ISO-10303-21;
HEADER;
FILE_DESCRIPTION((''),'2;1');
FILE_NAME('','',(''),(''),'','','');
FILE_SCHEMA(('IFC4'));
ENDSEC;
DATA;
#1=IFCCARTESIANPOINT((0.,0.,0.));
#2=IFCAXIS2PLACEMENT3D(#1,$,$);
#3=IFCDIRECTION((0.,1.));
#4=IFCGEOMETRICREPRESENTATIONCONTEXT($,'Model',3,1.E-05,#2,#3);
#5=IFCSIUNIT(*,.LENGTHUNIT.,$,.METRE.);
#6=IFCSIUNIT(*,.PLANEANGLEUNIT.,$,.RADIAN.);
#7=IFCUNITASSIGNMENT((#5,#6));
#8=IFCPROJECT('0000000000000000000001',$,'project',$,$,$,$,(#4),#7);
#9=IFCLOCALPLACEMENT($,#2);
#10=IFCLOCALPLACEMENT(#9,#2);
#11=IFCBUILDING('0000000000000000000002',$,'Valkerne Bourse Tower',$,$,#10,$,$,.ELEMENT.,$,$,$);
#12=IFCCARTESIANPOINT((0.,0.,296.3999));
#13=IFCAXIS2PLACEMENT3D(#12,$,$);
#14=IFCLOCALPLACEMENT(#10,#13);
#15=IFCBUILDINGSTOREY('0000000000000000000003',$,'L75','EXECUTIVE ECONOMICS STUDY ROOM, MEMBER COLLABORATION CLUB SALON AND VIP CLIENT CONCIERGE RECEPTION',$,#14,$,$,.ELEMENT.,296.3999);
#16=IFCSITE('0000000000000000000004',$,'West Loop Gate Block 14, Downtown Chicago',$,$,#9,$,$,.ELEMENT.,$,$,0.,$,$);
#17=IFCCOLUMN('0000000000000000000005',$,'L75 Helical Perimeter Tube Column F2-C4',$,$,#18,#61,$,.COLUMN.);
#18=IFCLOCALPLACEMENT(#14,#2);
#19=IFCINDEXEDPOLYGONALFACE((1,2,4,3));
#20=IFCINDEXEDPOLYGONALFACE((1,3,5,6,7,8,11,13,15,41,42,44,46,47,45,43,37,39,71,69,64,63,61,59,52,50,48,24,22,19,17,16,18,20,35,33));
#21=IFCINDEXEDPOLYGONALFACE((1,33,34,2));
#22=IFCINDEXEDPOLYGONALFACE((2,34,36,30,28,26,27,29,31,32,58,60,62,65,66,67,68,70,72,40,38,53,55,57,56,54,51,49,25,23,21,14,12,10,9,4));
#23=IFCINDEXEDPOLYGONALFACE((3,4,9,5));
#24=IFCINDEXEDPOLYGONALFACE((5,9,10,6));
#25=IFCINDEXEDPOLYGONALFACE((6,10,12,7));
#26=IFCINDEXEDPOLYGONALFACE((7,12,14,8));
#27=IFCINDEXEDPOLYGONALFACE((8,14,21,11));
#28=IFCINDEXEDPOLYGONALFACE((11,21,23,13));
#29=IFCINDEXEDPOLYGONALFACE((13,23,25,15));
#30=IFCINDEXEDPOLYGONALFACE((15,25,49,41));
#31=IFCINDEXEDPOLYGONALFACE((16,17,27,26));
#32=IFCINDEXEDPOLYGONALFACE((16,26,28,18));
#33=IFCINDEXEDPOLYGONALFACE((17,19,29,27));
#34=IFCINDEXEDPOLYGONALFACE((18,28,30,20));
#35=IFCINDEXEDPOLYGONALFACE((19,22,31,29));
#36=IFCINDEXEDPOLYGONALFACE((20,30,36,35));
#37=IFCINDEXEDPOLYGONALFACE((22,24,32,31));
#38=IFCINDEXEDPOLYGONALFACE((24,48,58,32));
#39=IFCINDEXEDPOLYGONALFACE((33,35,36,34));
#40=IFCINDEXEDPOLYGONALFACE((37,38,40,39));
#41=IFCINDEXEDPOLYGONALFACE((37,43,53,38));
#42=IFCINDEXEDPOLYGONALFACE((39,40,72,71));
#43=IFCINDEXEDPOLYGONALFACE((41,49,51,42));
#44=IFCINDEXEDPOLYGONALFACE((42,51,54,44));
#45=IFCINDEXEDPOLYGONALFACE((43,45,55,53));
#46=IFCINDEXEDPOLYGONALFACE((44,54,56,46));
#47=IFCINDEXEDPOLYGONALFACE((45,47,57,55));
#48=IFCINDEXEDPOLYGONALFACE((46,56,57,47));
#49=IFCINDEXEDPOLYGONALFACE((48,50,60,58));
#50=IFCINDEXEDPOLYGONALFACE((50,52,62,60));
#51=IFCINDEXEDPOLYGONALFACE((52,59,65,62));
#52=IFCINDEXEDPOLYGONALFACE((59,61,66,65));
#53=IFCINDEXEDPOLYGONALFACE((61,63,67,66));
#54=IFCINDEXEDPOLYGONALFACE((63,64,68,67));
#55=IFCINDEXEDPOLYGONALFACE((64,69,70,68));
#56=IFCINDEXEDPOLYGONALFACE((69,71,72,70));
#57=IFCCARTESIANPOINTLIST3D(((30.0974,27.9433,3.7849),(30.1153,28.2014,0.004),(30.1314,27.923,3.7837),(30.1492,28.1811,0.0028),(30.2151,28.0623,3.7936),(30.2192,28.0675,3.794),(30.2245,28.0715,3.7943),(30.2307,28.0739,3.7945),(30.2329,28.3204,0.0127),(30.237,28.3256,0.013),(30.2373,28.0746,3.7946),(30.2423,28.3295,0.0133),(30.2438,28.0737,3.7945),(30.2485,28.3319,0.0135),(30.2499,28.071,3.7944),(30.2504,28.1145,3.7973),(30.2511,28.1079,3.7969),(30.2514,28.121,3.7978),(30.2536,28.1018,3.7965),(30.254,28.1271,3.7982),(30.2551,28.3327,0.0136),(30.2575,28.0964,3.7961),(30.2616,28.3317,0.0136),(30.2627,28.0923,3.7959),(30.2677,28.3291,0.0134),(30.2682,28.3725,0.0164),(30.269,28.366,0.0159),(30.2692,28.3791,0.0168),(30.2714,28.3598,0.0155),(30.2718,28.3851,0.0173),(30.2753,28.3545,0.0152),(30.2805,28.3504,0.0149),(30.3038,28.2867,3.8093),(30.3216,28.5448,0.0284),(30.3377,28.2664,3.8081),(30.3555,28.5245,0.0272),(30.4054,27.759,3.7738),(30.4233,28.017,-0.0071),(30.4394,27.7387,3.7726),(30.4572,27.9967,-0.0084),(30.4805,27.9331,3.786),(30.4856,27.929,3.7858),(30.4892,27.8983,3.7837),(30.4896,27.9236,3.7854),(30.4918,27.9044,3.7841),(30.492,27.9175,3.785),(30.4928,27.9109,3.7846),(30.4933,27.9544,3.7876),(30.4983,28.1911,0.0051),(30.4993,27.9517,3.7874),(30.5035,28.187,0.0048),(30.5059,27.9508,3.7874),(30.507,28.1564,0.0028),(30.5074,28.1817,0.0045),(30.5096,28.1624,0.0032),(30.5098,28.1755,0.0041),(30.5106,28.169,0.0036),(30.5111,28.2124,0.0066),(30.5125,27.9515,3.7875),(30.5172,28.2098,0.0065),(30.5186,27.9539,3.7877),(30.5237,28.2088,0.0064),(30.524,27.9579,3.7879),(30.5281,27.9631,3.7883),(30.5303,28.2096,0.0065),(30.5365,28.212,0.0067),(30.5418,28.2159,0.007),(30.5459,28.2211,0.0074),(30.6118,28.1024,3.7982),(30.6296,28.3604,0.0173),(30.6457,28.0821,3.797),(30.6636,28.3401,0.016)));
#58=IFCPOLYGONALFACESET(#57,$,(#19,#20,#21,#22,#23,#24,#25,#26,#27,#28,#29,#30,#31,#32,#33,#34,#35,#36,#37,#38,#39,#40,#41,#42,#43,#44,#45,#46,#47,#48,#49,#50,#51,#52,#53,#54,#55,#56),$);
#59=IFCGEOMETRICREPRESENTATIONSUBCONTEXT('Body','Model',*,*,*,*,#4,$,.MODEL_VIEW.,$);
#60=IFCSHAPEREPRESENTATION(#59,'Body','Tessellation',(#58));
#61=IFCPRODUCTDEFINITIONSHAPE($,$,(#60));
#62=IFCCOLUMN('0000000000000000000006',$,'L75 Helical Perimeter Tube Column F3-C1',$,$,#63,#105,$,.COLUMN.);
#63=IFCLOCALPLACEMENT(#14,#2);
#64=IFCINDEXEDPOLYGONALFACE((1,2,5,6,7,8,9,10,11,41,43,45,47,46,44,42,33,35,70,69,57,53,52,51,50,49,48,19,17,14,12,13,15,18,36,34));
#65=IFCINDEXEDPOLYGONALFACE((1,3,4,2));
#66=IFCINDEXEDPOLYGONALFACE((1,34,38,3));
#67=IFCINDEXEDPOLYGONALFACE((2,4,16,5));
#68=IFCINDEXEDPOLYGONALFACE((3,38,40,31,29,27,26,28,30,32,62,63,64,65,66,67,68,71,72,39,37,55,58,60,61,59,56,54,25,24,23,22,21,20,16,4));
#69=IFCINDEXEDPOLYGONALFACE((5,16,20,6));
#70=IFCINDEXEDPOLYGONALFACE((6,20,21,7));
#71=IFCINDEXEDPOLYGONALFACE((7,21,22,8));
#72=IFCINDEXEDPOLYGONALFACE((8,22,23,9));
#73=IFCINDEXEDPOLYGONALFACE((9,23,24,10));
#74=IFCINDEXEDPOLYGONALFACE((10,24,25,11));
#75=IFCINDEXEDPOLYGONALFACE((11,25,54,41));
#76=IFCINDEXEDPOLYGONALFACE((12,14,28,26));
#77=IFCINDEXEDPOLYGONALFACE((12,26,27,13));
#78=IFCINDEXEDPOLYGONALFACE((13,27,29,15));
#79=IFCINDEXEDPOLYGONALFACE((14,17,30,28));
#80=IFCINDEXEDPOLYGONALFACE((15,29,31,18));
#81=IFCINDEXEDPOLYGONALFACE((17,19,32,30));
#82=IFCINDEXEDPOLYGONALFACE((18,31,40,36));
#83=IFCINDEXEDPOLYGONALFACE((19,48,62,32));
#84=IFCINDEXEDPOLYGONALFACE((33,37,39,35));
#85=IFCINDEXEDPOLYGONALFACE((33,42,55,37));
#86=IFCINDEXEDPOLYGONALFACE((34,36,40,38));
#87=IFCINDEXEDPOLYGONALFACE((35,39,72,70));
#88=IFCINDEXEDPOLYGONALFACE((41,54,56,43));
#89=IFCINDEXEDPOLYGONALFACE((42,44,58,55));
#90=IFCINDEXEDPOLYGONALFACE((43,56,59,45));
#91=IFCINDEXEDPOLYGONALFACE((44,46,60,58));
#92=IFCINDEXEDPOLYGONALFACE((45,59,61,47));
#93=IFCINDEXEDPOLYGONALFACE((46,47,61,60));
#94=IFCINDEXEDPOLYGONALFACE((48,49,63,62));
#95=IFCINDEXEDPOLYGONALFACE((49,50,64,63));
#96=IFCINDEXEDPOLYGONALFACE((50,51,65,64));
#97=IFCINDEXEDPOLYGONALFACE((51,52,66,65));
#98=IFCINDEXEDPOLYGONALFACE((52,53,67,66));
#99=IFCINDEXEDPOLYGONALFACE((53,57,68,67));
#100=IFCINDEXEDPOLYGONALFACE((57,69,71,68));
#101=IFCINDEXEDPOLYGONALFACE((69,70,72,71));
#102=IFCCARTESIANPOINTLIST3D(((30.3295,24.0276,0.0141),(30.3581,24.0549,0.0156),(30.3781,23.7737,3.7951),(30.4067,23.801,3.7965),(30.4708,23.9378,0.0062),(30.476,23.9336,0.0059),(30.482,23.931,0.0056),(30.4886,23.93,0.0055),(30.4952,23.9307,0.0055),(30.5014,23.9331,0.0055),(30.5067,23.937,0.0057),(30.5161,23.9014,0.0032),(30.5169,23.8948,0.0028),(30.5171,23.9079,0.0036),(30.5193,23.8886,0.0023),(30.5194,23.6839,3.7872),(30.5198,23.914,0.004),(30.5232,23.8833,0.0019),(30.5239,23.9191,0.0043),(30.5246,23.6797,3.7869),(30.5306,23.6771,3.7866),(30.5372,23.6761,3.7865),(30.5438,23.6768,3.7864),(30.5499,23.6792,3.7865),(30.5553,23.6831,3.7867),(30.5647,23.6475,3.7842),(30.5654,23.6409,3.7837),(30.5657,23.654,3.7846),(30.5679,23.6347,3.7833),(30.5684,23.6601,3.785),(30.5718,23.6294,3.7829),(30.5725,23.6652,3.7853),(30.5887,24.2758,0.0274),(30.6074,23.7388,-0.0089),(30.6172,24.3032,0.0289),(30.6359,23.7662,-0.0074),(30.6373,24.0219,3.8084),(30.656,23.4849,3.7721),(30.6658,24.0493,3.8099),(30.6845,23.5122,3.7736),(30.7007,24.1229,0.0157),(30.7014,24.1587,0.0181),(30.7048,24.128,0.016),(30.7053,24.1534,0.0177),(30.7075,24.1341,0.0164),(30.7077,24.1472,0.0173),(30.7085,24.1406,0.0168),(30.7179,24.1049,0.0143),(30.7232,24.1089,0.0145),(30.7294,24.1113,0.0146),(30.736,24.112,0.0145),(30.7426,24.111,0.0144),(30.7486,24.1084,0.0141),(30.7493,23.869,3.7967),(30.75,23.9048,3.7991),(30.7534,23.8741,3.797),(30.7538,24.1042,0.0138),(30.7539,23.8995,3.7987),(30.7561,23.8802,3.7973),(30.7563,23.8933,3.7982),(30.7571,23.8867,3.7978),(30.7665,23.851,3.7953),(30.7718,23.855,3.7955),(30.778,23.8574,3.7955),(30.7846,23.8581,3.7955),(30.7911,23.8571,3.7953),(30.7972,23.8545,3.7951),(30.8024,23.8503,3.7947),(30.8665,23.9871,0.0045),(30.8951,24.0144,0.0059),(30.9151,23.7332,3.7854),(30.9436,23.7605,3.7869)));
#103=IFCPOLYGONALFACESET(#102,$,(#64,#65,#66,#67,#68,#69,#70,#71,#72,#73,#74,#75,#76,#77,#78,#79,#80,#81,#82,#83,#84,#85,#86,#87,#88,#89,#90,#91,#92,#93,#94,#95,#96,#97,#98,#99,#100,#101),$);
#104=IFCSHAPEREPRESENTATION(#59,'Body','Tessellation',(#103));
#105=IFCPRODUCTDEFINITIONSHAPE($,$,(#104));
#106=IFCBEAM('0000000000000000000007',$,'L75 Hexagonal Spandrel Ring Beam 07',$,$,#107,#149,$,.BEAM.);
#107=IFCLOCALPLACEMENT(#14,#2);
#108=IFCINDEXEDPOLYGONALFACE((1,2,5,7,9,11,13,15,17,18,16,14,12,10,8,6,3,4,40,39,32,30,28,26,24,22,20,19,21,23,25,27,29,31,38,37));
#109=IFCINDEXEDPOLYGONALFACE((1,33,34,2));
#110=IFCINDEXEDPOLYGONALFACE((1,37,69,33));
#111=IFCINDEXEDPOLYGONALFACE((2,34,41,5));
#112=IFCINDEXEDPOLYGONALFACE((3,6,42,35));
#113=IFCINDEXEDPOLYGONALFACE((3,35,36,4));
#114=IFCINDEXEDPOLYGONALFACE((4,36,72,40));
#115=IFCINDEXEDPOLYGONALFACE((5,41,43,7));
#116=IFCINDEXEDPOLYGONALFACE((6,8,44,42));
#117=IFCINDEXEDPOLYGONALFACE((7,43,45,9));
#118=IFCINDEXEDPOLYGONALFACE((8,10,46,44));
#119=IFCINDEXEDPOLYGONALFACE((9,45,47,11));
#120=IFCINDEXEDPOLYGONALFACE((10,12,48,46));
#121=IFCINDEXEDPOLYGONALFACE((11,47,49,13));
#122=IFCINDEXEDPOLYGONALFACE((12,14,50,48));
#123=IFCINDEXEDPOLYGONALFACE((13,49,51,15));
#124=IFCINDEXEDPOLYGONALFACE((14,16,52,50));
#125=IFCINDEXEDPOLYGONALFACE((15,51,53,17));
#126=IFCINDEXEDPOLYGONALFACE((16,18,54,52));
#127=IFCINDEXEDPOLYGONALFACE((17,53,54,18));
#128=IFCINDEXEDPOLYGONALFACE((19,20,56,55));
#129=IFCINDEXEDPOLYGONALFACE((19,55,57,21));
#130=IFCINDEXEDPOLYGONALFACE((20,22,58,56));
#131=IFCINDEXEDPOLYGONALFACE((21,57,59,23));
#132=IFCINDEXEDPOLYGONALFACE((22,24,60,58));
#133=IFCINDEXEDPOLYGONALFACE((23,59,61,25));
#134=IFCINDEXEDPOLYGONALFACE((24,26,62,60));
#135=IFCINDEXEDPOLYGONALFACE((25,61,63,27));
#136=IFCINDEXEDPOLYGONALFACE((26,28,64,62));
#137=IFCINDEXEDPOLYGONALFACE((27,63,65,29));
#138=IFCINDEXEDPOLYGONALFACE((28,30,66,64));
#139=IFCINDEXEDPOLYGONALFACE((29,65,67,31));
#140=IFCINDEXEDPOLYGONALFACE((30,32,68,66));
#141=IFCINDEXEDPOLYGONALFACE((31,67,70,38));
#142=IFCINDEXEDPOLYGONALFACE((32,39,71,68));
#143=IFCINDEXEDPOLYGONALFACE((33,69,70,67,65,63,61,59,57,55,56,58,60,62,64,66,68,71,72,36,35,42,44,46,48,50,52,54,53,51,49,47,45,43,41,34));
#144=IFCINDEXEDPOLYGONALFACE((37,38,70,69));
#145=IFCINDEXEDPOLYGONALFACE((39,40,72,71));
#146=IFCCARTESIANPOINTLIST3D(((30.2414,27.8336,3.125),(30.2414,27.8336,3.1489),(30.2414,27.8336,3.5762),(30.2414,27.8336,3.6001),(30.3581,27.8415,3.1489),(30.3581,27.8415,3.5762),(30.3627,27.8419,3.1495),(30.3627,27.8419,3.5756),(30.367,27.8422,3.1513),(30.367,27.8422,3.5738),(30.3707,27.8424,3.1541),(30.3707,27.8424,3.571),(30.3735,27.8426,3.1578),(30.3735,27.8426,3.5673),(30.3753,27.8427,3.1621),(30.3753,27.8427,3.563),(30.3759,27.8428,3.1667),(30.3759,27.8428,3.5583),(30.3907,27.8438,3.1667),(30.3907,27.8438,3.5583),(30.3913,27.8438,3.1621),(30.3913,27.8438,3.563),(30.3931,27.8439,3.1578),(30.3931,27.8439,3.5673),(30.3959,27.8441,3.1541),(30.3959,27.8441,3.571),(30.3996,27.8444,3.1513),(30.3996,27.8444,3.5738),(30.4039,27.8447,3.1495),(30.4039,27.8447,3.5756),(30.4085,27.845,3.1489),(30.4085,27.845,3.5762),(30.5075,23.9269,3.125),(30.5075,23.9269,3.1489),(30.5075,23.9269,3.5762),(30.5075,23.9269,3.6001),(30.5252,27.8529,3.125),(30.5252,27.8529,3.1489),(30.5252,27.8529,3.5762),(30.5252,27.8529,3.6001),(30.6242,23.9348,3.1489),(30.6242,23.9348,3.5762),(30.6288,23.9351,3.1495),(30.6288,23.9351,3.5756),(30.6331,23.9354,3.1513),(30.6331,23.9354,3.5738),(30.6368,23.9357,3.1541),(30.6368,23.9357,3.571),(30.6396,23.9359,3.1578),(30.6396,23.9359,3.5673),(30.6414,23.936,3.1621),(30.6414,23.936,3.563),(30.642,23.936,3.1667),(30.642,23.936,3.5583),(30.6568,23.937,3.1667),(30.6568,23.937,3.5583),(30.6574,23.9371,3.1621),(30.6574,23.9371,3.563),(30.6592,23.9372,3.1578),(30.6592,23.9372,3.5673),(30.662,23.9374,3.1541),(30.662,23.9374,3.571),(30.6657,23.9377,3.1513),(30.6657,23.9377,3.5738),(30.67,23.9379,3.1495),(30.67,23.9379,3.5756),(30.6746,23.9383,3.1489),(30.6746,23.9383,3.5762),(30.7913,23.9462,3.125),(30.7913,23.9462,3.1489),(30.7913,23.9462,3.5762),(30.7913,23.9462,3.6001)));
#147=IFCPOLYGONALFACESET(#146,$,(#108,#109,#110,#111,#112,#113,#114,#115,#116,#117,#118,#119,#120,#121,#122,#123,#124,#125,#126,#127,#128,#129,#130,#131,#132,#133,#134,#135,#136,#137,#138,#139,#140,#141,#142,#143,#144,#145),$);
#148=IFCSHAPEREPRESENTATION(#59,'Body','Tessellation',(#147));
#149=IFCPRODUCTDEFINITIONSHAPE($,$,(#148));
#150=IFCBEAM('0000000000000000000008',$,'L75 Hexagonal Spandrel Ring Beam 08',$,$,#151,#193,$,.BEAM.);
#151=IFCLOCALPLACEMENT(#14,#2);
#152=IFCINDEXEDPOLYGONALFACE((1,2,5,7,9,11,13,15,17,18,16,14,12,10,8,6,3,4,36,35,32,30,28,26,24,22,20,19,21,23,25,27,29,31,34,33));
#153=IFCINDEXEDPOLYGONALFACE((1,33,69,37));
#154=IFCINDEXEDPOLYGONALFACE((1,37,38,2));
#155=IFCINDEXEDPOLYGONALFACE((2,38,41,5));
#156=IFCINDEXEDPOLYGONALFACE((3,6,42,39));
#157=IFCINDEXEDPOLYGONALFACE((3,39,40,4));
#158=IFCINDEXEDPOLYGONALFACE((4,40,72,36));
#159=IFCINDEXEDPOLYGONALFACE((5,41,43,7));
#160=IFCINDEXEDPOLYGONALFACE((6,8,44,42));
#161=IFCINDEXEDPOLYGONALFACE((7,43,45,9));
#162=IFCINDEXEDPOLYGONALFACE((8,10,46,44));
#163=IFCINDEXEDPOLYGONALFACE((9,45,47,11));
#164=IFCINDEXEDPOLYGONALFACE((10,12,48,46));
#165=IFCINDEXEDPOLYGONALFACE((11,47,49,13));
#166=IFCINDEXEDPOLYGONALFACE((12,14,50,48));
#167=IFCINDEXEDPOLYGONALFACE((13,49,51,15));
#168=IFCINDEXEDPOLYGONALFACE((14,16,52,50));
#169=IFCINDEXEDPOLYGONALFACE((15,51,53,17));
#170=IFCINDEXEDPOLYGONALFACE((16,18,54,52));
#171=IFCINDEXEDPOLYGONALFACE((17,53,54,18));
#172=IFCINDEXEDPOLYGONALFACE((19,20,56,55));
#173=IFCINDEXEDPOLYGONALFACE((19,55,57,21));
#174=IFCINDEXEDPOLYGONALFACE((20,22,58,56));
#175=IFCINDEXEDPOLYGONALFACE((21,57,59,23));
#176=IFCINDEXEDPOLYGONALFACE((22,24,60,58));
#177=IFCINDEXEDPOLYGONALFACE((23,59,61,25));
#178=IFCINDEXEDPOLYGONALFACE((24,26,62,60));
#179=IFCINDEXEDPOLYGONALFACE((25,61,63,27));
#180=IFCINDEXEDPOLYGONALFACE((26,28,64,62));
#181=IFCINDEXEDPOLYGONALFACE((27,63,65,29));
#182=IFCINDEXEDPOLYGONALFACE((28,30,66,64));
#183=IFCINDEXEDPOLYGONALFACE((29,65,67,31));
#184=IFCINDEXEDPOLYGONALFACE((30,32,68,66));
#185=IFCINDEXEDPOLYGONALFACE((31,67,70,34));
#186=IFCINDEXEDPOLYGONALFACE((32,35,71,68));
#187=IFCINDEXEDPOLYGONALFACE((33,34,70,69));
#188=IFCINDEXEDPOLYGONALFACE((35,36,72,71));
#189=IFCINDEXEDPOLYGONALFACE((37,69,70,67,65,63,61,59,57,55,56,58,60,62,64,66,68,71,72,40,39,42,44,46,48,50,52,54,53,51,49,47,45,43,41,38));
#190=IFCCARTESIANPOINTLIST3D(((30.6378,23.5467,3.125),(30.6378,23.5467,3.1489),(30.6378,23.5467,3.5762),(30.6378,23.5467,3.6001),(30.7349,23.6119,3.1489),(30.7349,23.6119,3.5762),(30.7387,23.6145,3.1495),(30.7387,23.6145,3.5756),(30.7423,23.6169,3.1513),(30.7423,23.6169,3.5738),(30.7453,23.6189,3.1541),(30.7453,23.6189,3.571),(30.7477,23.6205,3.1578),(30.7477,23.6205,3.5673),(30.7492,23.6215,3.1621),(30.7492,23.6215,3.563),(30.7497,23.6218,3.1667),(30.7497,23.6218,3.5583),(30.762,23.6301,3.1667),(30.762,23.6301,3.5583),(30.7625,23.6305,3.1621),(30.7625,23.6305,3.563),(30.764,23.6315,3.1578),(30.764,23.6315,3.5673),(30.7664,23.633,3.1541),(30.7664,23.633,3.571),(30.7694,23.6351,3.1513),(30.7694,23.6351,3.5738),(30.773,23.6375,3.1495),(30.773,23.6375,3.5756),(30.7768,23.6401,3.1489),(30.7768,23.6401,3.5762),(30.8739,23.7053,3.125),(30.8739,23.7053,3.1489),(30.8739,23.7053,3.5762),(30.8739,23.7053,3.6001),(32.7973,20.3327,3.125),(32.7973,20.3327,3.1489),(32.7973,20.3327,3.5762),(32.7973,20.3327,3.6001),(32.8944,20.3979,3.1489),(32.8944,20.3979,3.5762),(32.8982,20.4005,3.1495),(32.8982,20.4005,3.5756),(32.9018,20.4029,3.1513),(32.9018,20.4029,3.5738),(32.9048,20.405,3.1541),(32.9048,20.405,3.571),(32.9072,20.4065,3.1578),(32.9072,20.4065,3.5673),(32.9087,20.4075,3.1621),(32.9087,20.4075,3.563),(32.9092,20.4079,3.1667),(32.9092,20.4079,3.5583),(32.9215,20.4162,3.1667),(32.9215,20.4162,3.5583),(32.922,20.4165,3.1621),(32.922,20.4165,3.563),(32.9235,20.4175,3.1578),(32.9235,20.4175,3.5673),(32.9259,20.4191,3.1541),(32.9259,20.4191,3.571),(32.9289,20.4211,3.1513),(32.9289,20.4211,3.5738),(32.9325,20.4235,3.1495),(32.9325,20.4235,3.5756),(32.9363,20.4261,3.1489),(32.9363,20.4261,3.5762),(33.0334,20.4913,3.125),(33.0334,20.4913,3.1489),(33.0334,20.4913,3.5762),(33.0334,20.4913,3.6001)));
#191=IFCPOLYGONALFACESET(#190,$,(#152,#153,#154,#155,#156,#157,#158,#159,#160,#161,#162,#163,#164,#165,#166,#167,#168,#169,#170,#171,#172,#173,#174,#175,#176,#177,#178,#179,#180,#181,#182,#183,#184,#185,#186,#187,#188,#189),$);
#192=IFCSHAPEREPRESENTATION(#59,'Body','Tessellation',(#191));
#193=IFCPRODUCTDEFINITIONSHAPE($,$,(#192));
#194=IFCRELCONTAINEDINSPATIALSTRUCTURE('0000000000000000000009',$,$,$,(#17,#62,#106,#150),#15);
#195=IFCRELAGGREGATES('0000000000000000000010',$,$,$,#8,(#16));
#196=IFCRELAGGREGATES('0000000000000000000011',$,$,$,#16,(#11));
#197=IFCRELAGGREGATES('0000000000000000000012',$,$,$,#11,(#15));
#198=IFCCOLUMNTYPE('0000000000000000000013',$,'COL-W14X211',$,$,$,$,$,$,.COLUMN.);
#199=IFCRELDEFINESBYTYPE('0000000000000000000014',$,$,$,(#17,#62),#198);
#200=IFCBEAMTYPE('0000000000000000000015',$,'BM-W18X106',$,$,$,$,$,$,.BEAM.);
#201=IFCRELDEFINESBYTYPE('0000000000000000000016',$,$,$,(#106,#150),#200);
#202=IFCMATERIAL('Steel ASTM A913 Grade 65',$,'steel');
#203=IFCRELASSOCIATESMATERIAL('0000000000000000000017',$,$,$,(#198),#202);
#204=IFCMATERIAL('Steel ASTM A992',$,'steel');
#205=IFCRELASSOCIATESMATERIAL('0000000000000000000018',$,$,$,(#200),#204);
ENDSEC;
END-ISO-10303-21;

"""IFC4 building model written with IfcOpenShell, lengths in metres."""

from ifc_helpers import new_model, si_unit, direction, frame, origin, origin_2d, place, context, subcontext, project, spatial, i_section, extrude, material, material_profile, profile_set, type_object, element, save


model = new_model("IFC4")

# Units and contexts
model_context = context("Model", 3, precision=1e-05, world=origin(), true_north=direction((0.0, 1.0)))
body_context = subcontext(model_context, "Body", "Model", "MODEL_VIEW")
ifc_project = project(units=[si_unit("LENGTHUNIT", "METRE"), si_unit("PLANEANGLEUNIT", "RADIAN")], contexts=[model_context])

# Site, building, storey
site_placement = place(None, origin())
site = spatial("IfcSite", under=ifc_project, at=site_placement, Name="West Loop Gate Block 14, Downtown Chicago", CompositionType="ELEMENT", RefElevation=0.0)
building_placement = place(site_placement, origin())
building = spatial("IfcBuilding", under=site, at=building_placement, Name="Valkerne Bourse Tower", CompositionType="ELEMENT")
storey_placement = place(building_placement, frame((0.0, 0.0, 296.3999)))
storey = spatial("IfcBuildingStorey", under=building, at=storey_placement, Name="L75", Description="EXECUTIVE ECONOMICS STUDY ROOM, MEMBER COLLABORATION CLUB SALON AND VIP CLIENT CONCIERGE RECEPTION", CompositionType="ELEMENT", Elevation=296.3999)

# Columns
ifc_material_1 = material(Name="Steel ASTM A913 Grade 65", Category="steel")
ifc_material_profile_1 = material_profile(ifc_material_1, i_section(OverallWidth=0.4014, OverallDepth=0.3987, WebThickness=0.0249, FlangeThickness=0.0396, FilletRadius=0.0254, at=origin_2d()), Name="W14X211")
ifc_profile_set_1 = profile_set([ifc_material_profile_1], Name="Steel ASTM A913 Grade 65")
column_type = type_object("IfcColumnType", Name="COL-W14X211", PredefinedType="COLUMN", material=ifc_profile_set_1)
for number, where, z_axis, x_axis, name in (
    (1, (30.3894, 28.2708, 0.01), (-0.004703, -0.068092, 0.997668), (-0.514158, -0.855537, -0.060815), "L75 Helical Perimeter Tube Column F2-C4"),
    (2, (30.6123, 24.021, 0.01), (0.01282, -0.066997, 0.997671), (0.692184, -0.71945, -0.057208), "L75 Helical Perimeter Tube Column F3-C1"),
):
    element("IfcColumn", number, at=place(storey_placement, frame(where, z_axis=z_axis, x_axis=x_axis)), inside=storey, type_object=column_type, Name=name, PredefinedType="COLUMN", context=body_context, shape_type="SweptSolid", body=[
        extrude(i_section(OverallWidth=0.4014, OverallDepth=0.3987, WebThickness=0.0249, FlangeThickness=0.0396, FilletRadius=0.0254, at=origin_2d()), origin(), (0.0, 0.0, 1.0), 3.7898),
    ])

# Beams
ifc_material_2 = material(Name="Steel ASTM A992", Category="steel")
ifc_material_profile_2 = material_profile(ifc_material_2, i_section(OverallWidth=0.2844, OverallDepth=0.4751, WebThickness=0.0149, FlangeThickness=0.0239, FilletRadius=0.0178, at=origin_2d()), Name="W18X106")
ifc_profile_set_2 = profile_set([ifc_material_profile_2], Name="Steel ASTM A992")
beam_type = type_object("IfcBeamType", Name="BM-W18X106", PredefinedType="BEAM", material=ifc_profile_set_2)
beam_1_placement = place(storey_placement, frame((30.3833, 27.8433, 3.3625), z_axis=(0.067959, -0.997688, 0.0), x_axis=(0.997688, 0.067959, 0.0)))
element("IfcBeam", 3, at=beam_1_placement, inside=storey, type_object=beam_type, Name="L75 Hexagonal Spandrel Ring Beam 07", PredefinedType="BEAM", context=body_context, shape_type="SweptSolid", body=[
    extrude(i_section(OverallWidth=0.2844, OverallDepth=0.4751, WebThickness=0.0149, FlangeThickness=0.0239, FilletRadius=0.0178, at=origin_2d()), origin(), (0.0, 0.0, 1.0), 3.9158),
])
beam_2_placement = place(storey_placement, frame((30.7559, 23.626, 3.3625), z_axis=(0.557709, -0.830037, 0.0), x_axis=(0.830037, 0.557709, 0.0)))
element("IfcBeam", 4, at=beam_2_placement, inside=storey, type_object=beam_type, Name="L75 Hexagonal Spandrel Ring Beam 08", PredefinedType="BEAM", context=body_context, shape_type="SweptSolid", body=[
    extrude(i_section(OverallWidth=0.2844, OverallDepth=0.4751, WebThickness=0.0149, FlangeThickness=0.0239, FilletRadius=0.0178, at=origin_2d()), origin(), (0.0, 0.0, 1.0), 3.8721),
])

save(model, "model.ifc")
